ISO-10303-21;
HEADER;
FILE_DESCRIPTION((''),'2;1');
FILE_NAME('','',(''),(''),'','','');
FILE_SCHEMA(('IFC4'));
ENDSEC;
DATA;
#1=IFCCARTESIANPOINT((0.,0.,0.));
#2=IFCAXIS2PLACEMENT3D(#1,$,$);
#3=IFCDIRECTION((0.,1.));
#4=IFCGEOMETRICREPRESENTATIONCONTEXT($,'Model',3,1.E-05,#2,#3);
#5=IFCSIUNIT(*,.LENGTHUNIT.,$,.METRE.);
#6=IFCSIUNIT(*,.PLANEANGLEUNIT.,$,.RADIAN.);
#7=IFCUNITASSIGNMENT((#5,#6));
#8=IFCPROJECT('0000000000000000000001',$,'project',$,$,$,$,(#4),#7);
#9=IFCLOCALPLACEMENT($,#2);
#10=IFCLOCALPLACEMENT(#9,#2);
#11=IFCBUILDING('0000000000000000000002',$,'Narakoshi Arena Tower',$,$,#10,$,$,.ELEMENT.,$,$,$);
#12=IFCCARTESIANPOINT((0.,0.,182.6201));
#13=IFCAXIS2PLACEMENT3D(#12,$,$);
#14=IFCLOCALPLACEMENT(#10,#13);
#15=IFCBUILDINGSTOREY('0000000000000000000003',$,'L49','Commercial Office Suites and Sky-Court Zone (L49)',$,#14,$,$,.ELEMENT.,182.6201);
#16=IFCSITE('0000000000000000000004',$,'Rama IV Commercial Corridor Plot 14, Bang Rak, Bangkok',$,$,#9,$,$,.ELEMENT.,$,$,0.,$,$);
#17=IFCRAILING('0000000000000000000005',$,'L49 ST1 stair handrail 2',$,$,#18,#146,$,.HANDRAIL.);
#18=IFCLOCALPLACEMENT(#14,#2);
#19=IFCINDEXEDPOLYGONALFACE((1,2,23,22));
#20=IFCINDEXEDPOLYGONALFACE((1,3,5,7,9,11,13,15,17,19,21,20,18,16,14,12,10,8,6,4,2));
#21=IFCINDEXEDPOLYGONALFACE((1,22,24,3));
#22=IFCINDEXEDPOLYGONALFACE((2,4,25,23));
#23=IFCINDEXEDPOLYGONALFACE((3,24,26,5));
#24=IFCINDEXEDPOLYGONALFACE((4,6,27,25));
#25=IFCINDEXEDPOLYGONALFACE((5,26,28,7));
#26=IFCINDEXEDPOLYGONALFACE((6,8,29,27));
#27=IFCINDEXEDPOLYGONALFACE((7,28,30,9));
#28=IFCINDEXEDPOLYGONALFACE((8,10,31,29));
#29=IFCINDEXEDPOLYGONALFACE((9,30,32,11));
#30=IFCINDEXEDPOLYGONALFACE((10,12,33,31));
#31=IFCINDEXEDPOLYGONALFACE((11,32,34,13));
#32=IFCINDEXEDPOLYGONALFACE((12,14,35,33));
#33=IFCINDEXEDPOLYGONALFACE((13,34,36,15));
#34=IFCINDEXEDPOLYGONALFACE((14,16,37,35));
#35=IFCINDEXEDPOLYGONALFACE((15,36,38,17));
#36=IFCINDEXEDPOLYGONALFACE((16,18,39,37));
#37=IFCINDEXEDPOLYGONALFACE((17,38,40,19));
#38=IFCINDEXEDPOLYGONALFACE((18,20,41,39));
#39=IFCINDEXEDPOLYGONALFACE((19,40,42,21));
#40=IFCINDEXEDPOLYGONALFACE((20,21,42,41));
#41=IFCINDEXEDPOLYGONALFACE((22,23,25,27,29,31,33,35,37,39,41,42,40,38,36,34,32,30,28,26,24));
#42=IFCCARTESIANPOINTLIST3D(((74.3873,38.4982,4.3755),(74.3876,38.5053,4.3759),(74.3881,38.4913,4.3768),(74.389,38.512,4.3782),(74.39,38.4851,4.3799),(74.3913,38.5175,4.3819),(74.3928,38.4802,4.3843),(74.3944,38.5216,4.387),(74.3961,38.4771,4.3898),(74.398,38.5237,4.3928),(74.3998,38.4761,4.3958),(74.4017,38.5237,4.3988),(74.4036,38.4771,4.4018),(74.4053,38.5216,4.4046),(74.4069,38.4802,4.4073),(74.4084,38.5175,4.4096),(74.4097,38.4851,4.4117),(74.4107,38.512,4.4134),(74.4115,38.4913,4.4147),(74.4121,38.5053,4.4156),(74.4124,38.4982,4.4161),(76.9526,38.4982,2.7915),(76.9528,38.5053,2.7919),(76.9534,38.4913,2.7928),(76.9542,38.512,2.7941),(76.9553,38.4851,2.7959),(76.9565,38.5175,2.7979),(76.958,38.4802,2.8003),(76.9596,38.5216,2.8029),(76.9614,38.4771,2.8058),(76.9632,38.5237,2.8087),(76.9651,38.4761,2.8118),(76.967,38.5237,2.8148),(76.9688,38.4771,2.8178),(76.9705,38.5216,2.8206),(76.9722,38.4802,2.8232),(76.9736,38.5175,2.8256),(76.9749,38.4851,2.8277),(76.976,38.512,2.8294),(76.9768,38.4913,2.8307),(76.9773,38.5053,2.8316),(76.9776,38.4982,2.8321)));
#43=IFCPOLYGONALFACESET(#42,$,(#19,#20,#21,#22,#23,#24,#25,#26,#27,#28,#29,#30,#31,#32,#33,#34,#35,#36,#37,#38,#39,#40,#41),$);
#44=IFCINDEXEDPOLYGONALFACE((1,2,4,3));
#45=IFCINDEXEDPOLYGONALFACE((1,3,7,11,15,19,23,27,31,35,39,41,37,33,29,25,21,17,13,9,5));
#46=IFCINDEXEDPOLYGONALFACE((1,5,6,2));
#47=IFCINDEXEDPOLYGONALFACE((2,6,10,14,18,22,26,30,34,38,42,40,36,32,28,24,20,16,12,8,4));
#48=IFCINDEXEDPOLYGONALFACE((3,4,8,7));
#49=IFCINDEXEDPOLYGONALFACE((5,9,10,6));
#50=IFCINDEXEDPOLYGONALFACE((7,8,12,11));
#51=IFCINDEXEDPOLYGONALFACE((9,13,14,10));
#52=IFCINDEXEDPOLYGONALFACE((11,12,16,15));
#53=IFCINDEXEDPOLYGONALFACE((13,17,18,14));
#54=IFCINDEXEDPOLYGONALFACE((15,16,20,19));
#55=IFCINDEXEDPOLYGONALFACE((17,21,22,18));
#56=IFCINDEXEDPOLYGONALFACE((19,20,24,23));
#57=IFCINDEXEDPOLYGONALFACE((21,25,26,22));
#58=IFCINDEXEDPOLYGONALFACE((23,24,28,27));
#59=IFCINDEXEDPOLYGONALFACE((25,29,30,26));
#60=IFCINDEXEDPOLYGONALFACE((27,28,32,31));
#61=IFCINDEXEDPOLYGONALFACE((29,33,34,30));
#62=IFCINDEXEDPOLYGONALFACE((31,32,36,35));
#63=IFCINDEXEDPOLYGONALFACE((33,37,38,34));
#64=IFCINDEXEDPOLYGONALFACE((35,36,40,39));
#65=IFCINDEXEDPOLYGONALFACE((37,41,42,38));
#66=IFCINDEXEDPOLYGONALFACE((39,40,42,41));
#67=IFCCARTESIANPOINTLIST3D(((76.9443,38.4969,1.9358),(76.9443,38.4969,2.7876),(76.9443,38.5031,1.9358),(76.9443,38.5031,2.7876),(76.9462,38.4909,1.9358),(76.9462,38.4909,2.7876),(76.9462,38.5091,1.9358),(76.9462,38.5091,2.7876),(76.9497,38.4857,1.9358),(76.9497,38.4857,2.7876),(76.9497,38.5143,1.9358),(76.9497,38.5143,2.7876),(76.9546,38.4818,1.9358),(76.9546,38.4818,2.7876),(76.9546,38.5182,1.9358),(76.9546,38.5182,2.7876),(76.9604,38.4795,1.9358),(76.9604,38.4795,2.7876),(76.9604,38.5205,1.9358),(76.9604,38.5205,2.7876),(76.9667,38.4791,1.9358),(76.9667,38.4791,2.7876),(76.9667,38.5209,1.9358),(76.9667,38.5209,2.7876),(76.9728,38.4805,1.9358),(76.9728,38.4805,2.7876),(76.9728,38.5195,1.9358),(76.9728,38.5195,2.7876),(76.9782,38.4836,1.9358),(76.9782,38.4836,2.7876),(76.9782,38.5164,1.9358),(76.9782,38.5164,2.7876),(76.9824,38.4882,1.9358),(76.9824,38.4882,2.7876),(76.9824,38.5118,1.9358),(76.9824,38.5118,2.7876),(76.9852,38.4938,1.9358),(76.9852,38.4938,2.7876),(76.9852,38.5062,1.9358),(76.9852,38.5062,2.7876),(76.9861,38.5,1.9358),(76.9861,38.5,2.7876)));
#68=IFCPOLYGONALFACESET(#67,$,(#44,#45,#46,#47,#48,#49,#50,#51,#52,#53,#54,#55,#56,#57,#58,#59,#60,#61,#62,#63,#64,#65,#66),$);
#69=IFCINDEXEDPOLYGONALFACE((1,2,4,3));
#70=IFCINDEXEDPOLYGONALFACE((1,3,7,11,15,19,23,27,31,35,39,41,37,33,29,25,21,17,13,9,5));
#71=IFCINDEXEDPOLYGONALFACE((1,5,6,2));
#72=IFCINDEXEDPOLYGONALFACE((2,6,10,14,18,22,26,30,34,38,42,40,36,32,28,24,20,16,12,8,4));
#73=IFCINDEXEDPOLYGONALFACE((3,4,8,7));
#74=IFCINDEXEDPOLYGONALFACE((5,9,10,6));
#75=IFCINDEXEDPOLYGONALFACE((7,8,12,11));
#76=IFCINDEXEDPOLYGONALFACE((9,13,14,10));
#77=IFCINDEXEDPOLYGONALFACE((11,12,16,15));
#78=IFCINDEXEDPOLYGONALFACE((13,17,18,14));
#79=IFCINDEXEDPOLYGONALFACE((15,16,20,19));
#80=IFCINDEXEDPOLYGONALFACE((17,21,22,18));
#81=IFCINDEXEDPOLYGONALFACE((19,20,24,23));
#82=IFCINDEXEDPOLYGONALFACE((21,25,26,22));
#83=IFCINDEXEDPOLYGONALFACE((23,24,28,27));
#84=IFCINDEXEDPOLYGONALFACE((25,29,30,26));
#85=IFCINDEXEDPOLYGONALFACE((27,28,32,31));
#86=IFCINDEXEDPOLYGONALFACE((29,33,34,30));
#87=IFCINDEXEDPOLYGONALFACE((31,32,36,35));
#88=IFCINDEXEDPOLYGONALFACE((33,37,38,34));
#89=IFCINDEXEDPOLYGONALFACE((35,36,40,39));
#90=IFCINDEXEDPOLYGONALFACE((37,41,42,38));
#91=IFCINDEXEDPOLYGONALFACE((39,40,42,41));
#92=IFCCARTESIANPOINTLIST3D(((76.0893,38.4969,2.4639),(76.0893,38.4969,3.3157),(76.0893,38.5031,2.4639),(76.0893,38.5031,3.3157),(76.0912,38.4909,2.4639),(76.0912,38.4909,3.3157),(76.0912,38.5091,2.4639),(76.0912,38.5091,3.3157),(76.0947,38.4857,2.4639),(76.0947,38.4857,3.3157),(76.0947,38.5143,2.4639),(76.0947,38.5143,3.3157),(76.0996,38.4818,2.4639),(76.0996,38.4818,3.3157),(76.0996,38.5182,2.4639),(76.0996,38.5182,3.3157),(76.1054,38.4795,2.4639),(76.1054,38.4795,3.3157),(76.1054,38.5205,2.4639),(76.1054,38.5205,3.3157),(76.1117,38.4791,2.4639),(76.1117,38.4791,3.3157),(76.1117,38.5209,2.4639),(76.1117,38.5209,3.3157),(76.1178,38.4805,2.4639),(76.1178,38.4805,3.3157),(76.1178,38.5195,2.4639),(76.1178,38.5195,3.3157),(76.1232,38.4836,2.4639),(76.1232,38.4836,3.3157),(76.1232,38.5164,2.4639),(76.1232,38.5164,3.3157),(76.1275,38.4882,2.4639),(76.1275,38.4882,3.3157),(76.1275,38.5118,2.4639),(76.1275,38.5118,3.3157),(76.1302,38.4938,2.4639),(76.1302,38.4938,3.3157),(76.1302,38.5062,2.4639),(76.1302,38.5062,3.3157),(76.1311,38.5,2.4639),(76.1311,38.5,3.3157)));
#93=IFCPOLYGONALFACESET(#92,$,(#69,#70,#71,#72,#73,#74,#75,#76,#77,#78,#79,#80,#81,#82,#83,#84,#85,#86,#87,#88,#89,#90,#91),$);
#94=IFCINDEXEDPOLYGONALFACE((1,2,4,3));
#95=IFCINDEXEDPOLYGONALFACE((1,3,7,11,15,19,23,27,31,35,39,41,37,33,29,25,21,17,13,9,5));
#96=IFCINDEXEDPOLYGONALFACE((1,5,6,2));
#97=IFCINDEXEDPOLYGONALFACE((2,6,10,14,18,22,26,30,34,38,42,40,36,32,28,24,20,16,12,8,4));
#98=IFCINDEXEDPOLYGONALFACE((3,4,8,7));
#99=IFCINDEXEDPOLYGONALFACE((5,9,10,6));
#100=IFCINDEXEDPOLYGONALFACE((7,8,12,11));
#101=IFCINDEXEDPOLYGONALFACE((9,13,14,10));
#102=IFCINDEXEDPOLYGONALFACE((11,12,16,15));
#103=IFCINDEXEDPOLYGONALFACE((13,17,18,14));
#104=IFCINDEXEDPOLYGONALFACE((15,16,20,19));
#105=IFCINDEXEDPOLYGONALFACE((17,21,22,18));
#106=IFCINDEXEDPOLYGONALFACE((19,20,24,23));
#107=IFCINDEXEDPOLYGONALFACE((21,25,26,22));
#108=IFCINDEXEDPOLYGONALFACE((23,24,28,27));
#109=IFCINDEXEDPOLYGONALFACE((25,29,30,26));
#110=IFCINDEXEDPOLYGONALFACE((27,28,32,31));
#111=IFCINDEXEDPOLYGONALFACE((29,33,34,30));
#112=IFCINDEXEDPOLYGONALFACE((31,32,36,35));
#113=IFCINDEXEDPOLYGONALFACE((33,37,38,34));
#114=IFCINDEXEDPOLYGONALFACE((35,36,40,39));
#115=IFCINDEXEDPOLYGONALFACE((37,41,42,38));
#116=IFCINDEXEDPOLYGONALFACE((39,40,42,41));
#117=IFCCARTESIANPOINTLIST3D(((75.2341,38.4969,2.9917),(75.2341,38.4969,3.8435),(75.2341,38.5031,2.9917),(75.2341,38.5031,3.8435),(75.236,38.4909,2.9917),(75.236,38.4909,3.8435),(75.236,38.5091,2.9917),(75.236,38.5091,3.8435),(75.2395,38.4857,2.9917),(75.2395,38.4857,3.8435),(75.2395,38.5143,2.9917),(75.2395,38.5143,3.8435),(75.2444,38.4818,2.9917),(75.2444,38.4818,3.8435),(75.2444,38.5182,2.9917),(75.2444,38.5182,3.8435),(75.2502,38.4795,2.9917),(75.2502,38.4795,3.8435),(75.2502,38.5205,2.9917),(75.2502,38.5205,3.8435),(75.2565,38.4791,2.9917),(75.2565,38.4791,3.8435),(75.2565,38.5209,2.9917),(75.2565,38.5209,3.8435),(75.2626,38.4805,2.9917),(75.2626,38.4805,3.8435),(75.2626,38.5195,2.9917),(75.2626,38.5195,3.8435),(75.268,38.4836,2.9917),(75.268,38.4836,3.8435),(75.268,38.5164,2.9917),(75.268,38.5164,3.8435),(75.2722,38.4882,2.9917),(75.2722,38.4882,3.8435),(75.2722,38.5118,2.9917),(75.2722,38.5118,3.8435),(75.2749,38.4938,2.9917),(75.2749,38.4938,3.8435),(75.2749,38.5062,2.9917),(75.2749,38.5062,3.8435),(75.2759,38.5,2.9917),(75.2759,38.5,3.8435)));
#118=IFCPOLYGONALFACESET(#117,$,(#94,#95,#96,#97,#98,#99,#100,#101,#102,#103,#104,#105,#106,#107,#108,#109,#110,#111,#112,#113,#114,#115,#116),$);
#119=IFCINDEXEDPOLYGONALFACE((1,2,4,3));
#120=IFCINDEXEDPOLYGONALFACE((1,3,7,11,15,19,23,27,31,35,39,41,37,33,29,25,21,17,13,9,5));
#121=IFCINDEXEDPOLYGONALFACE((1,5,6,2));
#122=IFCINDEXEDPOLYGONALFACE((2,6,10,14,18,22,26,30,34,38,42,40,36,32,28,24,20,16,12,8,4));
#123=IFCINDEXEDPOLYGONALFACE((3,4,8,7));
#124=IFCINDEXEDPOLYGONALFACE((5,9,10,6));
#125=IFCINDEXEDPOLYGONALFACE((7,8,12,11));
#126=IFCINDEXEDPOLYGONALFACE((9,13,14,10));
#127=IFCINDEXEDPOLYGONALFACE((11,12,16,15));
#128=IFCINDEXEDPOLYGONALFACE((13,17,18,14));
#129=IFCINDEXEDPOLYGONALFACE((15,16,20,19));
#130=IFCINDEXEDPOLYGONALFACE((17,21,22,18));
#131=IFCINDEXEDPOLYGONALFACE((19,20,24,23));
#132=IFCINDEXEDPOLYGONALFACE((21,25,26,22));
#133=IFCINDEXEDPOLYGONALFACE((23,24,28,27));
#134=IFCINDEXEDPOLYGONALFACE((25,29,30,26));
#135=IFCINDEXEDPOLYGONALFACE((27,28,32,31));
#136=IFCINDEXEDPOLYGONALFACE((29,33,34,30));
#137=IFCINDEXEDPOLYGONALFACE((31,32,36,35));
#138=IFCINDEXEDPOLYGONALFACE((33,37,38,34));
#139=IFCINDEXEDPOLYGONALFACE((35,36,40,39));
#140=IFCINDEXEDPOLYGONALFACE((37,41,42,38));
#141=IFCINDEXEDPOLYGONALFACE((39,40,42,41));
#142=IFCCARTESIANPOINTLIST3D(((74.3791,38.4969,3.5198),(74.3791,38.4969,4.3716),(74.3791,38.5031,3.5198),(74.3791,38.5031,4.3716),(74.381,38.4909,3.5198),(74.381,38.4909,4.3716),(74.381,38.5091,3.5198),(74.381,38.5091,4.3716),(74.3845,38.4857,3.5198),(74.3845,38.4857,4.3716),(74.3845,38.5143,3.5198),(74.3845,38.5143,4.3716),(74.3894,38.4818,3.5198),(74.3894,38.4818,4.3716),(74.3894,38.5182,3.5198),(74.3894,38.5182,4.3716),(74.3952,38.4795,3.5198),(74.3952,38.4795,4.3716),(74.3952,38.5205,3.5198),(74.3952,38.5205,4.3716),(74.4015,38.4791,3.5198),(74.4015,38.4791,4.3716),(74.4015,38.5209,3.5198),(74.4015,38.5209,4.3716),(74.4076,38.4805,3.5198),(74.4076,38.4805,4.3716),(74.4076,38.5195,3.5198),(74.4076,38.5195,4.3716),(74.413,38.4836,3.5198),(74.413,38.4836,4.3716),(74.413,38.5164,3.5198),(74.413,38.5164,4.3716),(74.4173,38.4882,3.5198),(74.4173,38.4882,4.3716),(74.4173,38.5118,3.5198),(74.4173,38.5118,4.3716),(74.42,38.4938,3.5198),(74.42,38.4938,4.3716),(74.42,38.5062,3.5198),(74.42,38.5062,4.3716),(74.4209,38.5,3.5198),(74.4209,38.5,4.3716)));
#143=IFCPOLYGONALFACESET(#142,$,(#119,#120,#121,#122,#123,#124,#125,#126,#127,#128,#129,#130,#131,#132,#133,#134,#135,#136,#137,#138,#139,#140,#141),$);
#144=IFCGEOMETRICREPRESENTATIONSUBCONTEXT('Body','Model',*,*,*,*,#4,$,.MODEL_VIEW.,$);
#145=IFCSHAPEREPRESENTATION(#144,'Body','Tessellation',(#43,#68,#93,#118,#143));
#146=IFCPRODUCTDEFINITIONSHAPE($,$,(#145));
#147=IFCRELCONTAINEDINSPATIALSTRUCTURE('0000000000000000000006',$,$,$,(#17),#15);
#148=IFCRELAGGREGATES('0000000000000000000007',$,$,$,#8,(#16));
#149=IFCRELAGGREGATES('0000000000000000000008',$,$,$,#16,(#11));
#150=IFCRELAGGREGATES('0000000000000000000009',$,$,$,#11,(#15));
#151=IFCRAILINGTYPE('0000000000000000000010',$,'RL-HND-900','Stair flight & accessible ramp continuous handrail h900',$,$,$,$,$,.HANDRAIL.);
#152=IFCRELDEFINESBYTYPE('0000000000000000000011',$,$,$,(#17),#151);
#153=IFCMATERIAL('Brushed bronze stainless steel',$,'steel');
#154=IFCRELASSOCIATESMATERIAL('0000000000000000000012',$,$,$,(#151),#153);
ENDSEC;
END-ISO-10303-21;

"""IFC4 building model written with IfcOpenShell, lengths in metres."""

from ifc_helpers import new_model, si_unit, direction, frame, origin, origin_2d, place, context, subcontext, project, spatial, circle, extrude, material, type_object, element, save


model = new_model("IFC4")

# Units and contexts
model_context = context("Model", 3, precision=1e-05, world=origin(), true_north=direction((0.0, 1.0)))
body_context = subcontext(model_context, "Body", "Model", "MODEL_VIEW")
ifc_project = project(units=[si_unit("LENGTHUNIT", "METRE"), si_unit("PLANEANGLEUNIT", "RADIAN")], contexts=[model_context])

# Site, building, storey
site_placement = place(None, origin())
site = spatial("IfcSite", under=ifc_project, at=site_placement, Name="Rama IV Commercial Corridor Plot 14, Bang Rak, Bangkok", CompositionType="ELEMENT", RefElevation=0.0)
building_placement = place(site_placement, origin())
building = spatial("IfcBuilding", under=site, at=building_placement, Name="Narakoshi Arena Tower", CompositionType="ELEMENT")
storey_placement = place(building_placement, frame((0.0, 0.0, 182.6201)))
storey = spatial("IfcBuildingStorey", under=building, at=storey_placement, Name="L49", Description="Commercial Office Suites and Sky-Court Zone (L49)", CompositionType="ELEMENT", Elevation=182.6201)

# Railing
ifc_material_1 = material(Name="Brushed bronze stainless steel", Category="steel")
railing_type_1 = type_object("IfcRailingType", Name="RL-HND-900", Description="Stair flight & accessible ramp continuous handrail h900", PredefinedType="HANDRAIL", material=ifc_material_1)
railing_1_placement = place(storey_placement, frame((76.9651, 38.5, 1.9358)))
element("IfcRailing", 1, at=railing_1_placement, inside=storey, type_object=railing_type_1, Name="L49 ST1 stair handrail 2", PredefinedType="HANDRAIL", context=body_context, shape_type="SweptSolid", body=[
    extrude(circle(Radius=0.0239, at=origin_2d()), frame((0.0, 0.0, 0.876), z_axis=(-0.850857, 0.0, 0.525398), x_axis=(0.0, -1.0, 0.0)), (0.0, 0.0, 1.0), 3.0149),
    extrude(circle(Radius=0.021, at=origin_2d()), origin(), (0.0, 0.0, 1.0), 0.8518),
    extrude(circle(Radius=0.021, at=origin_2d()), frame((-0.855, 0.0, 0.5281)), (0.0, 0.0, 1.0), 0.8518),
    extrude(circle(Radius=0.021, at=origin_2d()), frame((-1.7102, 0.0, 1.0559)), (0.0, 0.0, 1.0), 0.8518),
    extrude(circle(Radius=0.021, at=origin_2d()), frame((-2.5652, 0.0, 1.584)), (0.0, 0.0, 1.0), 0.8518),
])

save(model, "model.ifc")
